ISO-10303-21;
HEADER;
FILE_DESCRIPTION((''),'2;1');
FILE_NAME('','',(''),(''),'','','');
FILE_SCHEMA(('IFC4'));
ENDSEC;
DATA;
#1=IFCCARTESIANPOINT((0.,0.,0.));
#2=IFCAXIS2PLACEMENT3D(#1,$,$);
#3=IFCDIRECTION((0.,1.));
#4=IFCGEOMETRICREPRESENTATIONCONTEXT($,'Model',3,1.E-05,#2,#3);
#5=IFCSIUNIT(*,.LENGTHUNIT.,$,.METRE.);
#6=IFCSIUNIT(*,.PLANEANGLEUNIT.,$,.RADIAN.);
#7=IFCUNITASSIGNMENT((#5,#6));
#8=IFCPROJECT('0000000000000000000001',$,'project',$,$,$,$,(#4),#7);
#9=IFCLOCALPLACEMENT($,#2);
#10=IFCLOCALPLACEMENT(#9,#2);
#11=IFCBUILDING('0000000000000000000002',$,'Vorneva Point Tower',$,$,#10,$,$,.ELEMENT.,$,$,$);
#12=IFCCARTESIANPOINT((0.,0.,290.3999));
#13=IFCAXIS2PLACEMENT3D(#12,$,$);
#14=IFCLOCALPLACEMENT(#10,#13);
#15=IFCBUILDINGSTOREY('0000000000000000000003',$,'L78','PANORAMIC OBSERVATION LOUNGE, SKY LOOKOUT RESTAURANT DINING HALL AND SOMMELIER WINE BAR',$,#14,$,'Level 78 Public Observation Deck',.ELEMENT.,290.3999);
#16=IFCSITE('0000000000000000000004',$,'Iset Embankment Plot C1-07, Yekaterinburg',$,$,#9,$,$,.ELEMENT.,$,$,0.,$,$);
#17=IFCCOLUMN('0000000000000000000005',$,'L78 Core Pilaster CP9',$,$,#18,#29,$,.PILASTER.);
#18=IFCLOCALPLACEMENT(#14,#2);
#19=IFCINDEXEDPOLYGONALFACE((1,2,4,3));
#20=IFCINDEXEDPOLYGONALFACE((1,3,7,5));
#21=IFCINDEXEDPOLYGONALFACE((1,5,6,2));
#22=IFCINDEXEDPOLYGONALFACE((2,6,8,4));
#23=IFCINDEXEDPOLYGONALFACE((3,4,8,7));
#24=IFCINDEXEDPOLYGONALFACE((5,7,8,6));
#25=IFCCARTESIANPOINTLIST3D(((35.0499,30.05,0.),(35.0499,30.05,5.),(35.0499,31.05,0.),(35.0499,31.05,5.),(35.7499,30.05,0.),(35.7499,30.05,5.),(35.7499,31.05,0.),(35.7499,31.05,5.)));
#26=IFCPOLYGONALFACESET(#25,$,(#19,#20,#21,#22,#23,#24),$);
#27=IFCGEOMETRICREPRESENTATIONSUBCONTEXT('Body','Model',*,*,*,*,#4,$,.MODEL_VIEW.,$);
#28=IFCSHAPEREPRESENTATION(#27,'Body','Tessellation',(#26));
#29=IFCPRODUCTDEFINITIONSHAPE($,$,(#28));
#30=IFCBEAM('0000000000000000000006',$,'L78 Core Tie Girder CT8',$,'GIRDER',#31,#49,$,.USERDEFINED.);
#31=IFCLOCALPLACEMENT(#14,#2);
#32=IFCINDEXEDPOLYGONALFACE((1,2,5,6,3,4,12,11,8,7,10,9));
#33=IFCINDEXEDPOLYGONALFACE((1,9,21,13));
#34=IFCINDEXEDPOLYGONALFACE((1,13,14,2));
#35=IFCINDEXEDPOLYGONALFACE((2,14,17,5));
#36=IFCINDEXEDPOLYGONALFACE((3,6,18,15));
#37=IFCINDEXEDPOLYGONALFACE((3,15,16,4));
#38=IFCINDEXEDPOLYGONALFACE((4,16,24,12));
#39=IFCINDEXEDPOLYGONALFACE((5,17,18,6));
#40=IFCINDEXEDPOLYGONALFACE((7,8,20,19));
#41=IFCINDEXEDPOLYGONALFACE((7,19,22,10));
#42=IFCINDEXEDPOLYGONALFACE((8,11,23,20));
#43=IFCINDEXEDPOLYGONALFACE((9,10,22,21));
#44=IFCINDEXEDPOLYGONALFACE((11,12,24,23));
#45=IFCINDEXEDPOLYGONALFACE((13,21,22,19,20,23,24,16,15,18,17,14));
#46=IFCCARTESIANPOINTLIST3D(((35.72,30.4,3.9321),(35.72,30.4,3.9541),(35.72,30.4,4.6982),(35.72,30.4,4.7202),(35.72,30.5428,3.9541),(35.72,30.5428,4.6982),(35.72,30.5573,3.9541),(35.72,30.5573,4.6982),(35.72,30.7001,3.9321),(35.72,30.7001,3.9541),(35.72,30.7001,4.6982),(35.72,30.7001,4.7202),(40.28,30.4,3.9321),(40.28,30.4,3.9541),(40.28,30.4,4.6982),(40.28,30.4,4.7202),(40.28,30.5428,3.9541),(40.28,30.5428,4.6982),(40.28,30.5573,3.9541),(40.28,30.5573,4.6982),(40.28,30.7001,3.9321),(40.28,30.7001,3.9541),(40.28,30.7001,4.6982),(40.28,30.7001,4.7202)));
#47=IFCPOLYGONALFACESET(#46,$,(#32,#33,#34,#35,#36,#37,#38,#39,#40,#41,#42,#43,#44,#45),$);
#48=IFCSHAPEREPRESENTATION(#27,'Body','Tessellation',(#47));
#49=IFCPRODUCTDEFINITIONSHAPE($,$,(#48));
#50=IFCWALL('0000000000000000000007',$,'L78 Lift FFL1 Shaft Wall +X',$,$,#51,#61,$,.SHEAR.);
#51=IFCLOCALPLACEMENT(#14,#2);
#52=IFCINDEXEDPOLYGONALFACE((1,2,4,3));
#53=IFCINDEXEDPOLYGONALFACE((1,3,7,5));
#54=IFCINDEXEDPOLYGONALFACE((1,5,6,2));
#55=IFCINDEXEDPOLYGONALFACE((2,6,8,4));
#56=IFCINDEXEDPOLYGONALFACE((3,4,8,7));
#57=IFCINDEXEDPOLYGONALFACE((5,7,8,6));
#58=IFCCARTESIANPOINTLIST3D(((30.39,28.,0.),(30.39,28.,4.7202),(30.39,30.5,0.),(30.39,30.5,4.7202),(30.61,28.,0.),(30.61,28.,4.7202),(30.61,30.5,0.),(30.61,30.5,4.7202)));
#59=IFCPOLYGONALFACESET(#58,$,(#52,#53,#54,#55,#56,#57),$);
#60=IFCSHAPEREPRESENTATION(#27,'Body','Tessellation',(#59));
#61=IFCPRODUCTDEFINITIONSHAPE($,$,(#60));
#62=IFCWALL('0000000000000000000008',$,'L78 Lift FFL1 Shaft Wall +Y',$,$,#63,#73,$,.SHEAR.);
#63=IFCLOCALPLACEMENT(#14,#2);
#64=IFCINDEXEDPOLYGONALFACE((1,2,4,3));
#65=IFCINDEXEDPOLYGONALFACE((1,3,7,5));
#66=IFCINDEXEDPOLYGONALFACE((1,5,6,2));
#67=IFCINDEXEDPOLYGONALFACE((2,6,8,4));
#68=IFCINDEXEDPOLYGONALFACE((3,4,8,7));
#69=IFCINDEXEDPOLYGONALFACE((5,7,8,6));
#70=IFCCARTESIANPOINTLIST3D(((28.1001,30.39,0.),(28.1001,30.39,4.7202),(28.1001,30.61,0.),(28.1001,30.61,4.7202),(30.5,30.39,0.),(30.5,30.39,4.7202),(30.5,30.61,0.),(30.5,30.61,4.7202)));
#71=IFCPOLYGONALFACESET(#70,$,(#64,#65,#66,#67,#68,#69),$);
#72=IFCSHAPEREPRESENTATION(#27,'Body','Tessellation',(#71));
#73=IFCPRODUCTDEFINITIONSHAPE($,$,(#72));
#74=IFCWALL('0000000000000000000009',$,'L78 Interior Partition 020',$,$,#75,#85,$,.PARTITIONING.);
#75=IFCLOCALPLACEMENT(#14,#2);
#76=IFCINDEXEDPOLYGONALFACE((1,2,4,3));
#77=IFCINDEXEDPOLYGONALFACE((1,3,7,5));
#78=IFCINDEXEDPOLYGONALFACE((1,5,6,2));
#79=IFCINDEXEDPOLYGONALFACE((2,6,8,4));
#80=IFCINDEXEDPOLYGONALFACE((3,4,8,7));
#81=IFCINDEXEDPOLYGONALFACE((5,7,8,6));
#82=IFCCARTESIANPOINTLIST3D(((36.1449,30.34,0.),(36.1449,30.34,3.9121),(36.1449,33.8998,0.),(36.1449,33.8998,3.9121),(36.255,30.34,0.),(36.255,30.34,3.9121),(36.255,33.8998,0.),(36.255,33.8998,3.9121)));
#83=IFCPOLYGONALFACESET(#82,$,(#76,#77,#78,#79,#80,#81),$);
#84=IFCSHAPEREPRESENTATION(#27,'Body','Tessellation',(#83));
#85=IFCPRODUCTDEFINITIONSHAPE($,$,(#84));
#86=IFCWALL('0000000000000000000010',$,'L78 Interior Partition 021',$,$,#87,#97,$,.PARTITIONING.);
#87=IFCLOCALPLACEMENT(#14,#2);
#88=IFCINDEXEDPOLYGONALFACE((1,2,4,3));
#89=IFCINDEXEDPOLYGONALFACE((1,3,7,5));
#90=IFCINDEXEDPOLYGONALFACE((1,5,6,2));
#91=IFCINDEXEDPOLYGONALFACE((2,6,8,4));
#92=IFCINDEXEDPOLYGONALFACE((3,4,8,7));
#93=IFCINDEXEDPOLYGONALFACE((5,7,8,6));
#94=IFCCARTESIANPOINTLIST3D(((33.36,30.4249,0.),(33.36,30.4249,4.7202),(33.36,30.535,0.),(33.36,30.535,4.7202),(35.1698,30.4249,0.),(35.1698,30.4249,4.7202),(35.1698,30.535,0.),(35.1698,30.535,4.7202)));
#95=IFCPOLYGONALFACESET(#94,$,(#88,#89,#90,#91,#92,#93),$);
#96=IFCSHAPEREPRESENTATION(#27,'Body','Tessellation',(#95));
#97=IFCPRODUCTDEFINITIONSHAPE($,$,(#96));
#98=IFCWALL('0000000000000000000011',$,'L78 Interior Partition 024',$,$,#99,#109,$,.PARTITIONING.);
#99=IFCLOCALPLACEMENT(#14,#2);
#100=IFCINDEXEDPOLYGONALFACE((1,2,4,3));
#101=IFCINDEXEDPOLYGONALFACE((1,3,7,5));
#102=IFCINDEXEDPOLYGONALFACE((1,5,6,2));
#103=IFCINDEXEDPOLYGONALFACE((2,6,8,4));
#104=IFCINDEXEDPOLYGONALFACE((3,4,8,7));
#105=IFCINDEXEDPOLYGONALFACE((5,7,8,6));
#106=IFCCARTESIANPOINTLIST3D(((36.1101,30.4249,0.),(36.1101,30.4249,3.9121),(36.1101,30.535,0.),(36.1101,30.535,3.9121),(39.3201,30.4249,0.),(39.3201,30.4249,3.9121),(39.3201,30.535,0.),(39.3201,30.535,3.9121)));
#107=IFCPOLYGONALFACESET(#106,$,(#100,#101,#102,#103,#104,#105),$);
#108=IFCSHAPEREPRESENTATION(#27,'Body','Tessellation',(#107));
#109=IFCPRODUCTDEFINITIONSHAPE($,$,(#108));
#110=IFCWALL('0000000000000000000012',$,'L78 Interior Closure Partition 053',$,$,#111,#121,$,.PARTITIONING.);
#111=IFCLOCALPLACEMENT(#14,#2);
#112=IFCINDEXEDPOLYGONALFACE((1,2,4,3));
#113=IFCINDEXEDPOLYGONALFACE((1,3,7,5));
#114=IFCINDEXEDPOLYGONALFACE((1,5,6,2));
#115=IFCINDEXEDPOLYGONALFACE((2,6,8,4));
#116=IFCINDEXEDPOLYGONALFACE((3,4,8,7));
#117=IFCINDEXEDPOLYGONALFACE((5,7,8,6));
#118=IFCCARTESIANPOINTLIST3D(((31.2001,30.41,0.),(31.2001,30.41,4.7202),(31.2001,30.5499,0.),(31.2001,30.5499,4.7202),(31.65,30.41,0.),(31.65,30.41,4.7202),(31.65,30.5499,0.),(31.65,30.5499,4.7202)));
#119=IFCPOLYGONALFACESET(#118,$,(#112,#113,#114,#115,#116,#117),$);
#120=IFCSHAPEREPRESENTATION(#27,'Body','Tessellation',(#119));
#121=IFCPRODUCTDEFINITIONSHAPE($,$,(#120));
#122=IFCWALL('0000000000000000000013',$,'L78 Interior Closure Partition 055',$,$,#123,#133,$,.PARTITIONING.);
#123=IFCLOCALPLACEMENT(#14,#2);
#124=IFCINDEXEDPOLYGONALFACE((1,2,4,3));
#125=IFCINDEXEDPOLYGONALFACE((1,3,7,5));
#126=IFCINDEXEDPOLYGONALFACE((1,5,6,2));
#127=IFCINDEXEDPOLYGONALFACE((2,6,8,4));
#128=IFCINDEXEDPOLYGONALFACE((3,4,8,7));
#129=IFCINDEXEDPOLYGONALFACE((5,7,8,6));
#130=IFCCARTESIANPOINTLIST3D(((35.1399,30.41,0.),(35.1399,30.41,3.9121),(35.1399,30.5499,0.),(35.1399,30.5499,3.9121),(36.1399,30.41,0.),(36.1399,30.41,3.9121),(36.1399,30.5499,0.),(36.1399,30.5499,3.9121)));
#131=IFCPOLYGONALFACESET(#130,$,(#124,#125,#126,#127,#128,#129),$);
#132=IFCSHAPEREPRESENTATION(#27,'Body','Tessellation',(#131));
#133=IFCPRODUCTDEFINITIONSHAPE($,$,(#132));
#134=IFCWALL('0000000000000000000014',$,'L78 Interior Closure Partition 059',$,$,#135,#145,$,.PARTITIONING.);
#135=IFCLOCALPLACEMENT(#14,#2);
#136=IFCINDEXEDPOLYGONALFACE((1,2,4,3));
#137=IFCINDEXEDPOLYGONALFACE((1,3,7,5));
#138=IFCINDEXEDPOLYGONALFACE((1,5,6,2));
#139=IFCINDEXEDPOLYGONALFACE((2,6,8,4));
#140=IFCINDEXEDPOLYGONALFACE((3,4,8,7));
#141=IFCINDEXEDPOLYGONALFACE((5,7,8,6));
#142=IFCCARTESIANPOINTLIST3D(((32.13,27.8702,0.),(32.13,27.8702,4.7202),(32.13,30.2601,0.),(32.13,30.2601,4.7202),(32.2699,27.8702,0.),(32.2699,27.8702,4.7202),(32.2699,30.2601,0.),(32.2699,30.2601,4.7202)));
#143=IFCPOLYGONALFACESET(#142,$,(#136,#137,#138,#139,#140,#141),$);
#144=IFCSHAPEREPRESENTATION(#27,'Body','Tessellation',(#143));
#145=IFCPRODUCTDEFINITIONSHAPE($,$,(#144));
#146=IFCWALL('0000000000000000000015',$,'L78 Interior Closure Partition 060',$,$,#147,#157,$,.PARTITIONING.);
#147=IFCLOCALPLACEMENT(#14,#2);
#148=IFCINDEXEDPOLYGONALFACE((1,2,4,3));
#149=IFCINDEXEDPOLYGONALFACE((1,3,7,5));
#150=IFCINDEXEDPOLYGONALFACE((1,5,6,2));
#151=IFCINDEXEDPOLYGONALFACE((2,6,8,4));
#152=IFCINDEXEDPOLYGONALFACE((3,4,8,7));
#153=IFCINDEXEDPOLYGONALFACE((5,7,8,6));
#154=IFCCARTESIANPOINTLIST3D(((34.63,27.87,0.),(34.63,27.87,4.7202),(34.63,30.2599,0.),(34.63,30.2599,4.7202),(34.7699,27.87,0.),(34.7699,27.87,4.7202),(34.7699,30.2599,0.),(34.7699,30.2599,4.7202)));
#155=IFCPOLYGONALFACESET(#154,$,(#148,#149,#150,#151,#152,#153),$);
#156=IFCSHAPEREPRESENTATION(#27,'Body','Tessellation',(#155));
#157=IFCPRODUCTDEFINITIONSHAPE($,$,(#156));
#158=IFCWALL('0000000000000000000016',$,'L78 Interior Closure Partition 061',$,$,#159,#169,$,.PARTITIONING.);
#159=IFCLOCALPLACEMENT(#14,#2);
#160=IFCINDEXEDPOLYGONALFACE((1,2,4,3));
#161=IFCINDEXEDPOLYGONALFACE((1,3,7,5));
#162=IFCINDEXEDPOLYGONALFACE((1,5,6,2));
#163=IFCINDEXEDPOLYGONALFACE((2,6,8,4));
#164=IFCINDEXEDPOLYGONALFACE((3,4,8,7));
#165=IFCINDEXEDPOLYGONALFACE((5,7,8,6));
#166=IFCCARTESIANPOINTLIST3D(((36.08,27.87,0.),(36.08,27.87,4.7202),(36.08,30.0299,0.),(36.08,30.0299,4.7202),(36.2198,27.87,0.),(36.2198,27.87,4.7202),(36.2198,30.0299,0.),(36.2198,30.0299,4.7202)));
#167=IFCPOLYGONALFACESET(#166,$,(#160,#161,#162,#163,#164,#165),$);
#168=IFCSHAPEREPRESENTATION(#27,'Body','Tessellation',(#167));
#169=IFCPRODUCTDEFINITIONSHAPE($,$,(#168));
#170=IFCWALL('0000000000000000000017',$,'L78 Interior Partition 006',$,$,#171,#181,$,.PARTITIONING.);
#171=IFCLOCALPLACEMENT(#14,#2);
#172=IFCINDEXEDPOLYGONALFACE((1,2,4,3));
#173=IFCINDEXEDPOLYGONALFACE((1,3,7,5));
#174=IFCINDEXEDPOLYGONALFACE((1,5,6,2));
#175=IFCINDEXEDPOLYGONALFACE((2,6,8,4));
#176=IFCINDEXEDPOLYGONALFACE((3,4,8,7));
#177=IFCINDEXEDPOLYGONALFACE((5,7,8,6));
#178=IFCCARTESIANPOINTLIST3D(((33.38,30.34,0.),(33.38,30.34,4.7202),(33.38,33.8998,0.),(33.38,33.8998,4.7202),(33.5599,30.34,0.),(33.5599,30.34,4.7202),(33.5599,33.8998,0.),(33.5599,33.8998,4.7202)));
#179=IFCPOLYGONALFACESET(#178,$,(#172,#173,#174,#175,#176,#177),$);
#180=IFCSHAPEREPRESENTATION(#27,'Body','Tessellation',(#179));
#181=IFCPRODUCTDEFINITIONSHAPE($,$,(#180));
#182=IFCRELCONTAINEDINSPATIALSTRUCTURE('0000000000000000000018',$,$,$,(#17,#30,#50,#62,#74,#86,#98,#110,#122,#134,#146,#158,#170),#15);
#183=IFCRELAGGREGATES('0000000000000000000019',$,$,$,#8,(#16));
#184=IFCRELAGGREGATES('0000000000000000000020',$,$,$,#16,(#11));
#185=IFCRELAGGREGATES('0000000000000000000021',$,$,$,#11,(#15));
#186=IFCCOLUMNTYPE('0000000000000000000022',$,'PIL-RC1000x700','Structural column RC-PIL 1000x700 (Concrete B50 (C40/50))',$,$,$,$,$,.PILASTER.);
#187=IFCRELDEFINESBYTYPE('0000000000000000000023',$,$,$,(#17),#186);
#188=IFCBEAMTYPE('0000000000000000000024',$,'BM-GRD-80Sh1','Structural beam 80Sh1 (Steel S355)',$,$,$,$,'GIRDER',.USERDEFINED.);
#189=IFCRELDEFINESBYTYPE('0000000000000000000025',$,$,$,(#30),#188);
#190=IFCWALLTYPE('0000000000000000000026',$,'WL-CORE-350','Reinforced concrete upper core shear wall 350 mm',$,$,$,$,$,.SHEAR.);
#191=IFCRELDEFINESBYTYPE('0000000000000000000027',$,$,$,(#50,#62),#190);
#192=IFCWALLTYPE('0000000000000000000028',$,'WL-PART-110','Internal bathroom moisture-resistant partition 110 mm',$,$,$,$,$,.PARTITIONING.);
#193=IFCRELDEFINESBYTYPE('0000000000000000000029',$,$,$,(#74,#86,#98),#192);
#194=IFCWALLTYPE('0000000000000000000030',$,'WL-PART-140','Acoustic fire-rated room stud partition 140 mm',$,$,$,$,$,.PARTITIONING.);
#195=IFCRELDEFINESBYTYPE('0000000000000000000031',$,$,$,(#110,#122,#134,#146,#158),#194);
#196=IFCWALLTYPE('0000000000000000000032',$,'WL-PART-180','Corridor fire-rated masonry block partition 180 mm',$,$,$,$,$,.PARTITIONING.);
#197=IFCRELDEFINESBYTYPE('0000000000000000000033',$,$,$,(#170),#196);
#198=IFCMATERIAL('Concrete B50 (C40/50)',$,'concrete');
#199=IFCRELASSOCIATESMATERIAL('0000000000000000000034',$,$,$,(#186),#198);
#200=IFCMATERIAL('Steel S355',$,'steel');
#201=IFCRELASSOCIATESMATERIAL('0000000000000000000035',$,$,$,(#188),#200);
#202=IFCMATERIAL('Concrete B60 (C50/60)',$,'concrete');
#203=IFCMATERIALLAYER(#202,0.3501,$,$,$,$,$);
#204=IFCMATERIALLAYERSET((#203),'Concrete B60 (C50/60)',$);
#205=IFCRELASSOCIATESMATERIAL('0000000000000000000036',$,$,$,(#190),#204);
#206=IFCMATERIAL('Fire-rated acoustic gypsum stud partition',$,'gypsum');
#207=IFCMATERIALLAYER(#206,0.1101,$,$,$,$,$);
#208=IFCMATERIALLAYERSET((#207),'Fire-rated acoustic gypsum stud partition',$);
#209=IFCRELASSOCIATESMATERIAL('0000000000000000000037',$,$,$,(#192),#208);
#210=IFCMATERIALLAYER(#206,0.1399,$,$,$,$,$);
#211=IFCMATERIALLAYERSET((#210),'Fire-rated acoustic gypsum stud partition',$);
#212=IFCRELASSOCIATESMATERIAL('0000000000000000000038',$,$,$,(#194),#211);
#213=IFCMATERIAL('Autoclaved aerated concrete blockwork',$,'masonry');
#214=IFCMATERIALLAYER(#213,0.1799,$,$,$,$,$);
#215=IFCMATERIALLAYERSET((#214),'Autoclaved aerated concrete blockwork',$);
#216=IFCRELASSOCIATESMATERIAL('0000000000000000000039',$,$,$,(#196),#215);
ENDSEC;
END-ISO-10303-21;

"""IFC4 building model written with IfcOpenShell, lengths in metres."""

from ifc_helpers import new_model, si_unit, direction, frame, frame_2d, origin, origin_2d, place, context, subcontext, project, spatial, rectangle, i_section, extrude, material, layer, layer_set, material_profile, profile_set, type_object, element, save


model = new_model("IFC4")

# Units and contexts
model_context = context("Model", 3, precision=1e-05, world=origin(), true_north=direction((0.0, 1.0)))
body_context = subcontext(model_context, "Body", "Model", "MODEL_VIEW")
ifc_project = project(units=[si_unit("LENGTHUNIT", "METRE"), si_unit("PLANEANGLEUNIT", "RADIAN")], contexts=[model_context])

# Site, building, storey
site_placement = place(None, origin())
site = spatial("IfcSite", under=ifc_project, at=site_placement, Name="Iset Embankment Plot C1-07, Yekaterinburg", CompositionType="ELEMENT", RefElevation=0.0)
building_placement = place(site_placement, origin())
building = spatial("IfcBuilding", under=site, at=building_placement, Name="Vorneva Point Tower", CompositionType="ELEMENT")
storey_placement = place(building_placement, frame((0.0, 0.0, 290.3999)))
storey = spatial("IfcBuildingStorey", under=building, at=storey_placement, Name="L78", Description="PANORAMIC OBSERVATION LOUNGE, SKY LOOKOUT RESTAURANT DINING HALL AND SOMMELIER WINE BAR", LongName="Level 78 Public Observation Deck", CompositionType="ELEMENT", Elevation=290.3999)

# Column
ifc_material_1 = material(Name="Concrete B50 (C40/50)", Category="concrete")
ifc_material_profile_1 = material_profile(ifc_material_1, rectangle(XDim=0.7, YDim=1.0, at=origin_2d()), Name="RC-PIL 1000x700")
ifc_profile_set_1 = profile_set([ifc_material_profile_1], Name="Concrete B50 (C40/50)")
column_type = type_object("IfcColumnType", Name="PIL-RC1000x700", Description="Structural column RC-PIL 1000x700 (Concrete B50 (C40/50))", PredefinedType="PILASTER", material=ifc_profile_set_1)
column_placement = place(storey_placement, frame((35.3999, 30.55, 0.0), z_axis=(0.0, 0.0, 1.0), x_axis=(1.0, 0.0, 0.0)))
element("IfcColumn", 1, at=column_placement, inside=storey, type_object=column_type, Name="L78 Core Pilaster CP9", PredefinedType="PILASTER", context=body_context, shape_type="SweptSolid", body=[
    extrude(rectangle(XDim=0.7, YDim=1.0, at=origin_2d()), origin(), (0.0, 0.0, 1.0), 5.0),
])

# Beam
ifc_material_2 = material(Name="Steel S355", Category="steel")
ifc_material_profile_2 = material_profile(ifc_material_2, i_section(OverallWidth=0.3, OverallDepth=0.7881, WebThickness=0.0144, FlangeThickness=0.022, at=origin_2d()), Name="80Sh1")
ifc_profile_set_2 = profile_set([ifc_material_profile_2], Name="Steel S355")
beam_type = type_object("IfcBeamType", Name="BM-GRD-80Sh1", Description="Structural beam 80Sh1 (Steel S355)", ElementType="GIRDER", PredefinedType="USERDEFINED", material=ifc_profile_set_2)
beam_placement = place(storey_placement, frame((35.72, 30.55, 4.3262), z_axis=(1.0, 0.0, 0.0), x_axis=(0.0, 1.0, 0.0)))
element("IfcBeam", 2, at=beam_placement, inside=storey, type_object=beam_type, Name="L78 Core Tie Girder CT8", ObjectType="GIRDER", PredefinedType="USERDEFINED", context=body_context, shape_type="SweptSolid", body=[
    extrude(i_section(OverallWidth=0.3, OverallDepth=0.7881, WebThickness=0.0144, FlangeThickness=0.022, at=origin_2d()), origin(), (0.0, 0.0, 1.0), 4.5601),
])

# Walls
ifc_material_3 = material(Name="Concrete B60 (C50/60)", Category="concrete")
ifc_layer_1 = layer(ifc_material_3, 0.3501)
ifc_layer_set_1 = layer_set([ifc_layer_1], Name="Concrete B60 (C50/60)")
wall_type_1 = type_object("IfcWallType", Name="WL-CORE-350", Description="Reinforced concrete upper core shear wall 350 mm", PredefinedType="SHEAR", material=ifc_layer_set_1)
wall_1_placement = place(storey_placement, frame((30.5, 28.0, 0.0), z_axis=(0.0, 0.0, 1.0), x_axis=(0.0, 1.0, 0.0)))
element("IfcWall", 3, at=wall_1_placement, inside=storey, type_object=wall_type_1, Name="L78 Lift FFL1 Shaft Wall +X", PredefinedType="SHEAR", context=body_context, shape_type="SweptSolid", body=[
    extrude(rectangle(XDim=2.5, YDim=0.22, at=frame_2d((1.25, 0.0))), origin(), (0.0, 0.0, 1.0), 4.7202),
])
wall_2_placement = place(storey_placement, frame((30.5, 30.5, 0.0), z_axis=(0.0, 0.0, 1.0), x_axis=(-1.0, 0.0, 0.0)))
element("IfcWall", 4, at=wall_2_placement, inside=storey, type_object=wall_type_1, Name="L78 Lift FFL1 Shaft Wall +Y", PredefinedType="SHEAR", context=body_context, shape_type="SweptSolid", body=[
    extrude(rectangle(XDim=2.3999, YDim=0.22, at=frame_2d((1.2, 0.0))), origin(), (0.0, 0.0, 1.0), 4.7202),
])
ifc_material_4 = material(Name="Fire-rated acoustic gypsum stud partition", Category="gypsum")
ifc_layer_2 = layer(ifc_material_4, 0.1101)
ifc_layer_set_2 = layer_set([ifc_layer_2], Name="Fire-rated acoustic gypsum stud partition")
wall_type_2 = type_object("IfcWallType", Name="WL-PART-110", Description="Internal bathroom moisture-resistant partition 110 mm", PredefinedType="PARTITIONING", material=ifc_layer_set_2)
wall_3_placement = place(storey_placement, frame((36.2, 30.3401, 0.0), z_axis=(0.0, 0.0, 1.0), x_axis=(0.0, 1.0, 0.0)))
element("IfcWall", 5, at=wall_3_placement, inside=storey, type_object=wall_type_2, Name="L78 Interior Partition 020", PredefinedType="PARTITIONING", context=body_context, shape_type="SweptSolid", body=[
    extrude(rectangle(XDim=3.5598, YDim=0.1101, at=frame_2d((1.7798, 0.0))), origin(), (0.0, 0.0, 1.0), 3.9121),
])
wall_4_placement = place(storey_placement, frame((33.3601, 30.48, 0.0), z_axis=(0.0, 0.0, 1.0), x_axis=(1.0, 0.0, 0.0)))
element("IfcWall", 6, at=wall_4_placement, inside=storey, type_object=wall_type_2, Name="L78 Interior Partition 021", PredefinedType="PARTITIONING", context=body_context, shape_type="SweptSolid", body=[
    extrude(rectangle(XDim=1.8098, YDim=0.1101, at=frame_2d((0.9048, 0.0))), origin(), (0.0, 0.0, 1.0), 4.7202),
])
wall_5_placement = place(storey_placement, frame((36.1101, 30.48, 0.0), z_axis=(0.0, 0.0, 1.0), x_axis=(1.0, 0.0, 0.0)))
element("IfcWall", 7, at=wall_5_placement, inside=storey, type_object=wall_type_2, Name="L78 Interior Partition 024", PredefinedType="PARTITIONING", context=body_context, shape_type="SweptSolid", body=[
    extrude(rectangle(XDim=3.21, YDim=0.1101, at=frame_2d((1.605, 0.0))), origin(), (0.0, 0.0, 1.0), 3.9121),
])
ifc_layer_3 = layer(ifc_material_4, 0.1399)
ifc_layer_set_3 = layer_set([ifc_layer_3], Name="Fire-rated acoustic gypsum stud partition")
wall_type_3 = type_object("IfcWallType", Name="WL-PART-140", Description="Acoustic fire-rated room stud partition 140 mm", PredefinedType="PARTITIONING", material=ifc_layer_set_3)
wall_6_placement = place(storey_placement, frame((31.2, 30.48, 0.0), z_axis=(0.0, 0.0, 1.0), x_axis=(1.0, 0.0, 0.0)))
element("IfcWall", 8, at=wall_6_placement, inside=storey, type_object=wall_type_3, Name="L78 Interior Closure Partition 053", PredefinedType="PARTITIONING", context=body_context, shape_type="SweptSolid", body=[
    extrude(rectangle(XDim=0.45, YDim=0.1399, at=frame_2d((0.2251, 0.0))), origin(), (0.0, 0.0, 1.0), 4.7202),
])
wall_7_placement = place(storey_placement, frame((35.1399, 30.48, 0.0), z_axis=(0.0, 0.0, 1.0), x_axis=(1.0, 0.0, 0.0)))
element("IfcWall", 9, at=wall_7_placement, inside=storey, type_object=wall_type_3, Name="L78 Interior Closure Partition 055", PredefinedType="PARTITIONING", context=body_context, shape_type="SweptSolid", body=[
    extrude(rectangle(XDim=1.0, YDim=0.1399, at=frame_2d((0.5, 0.0))), origin(), (0.0, 0.0, 1.0), 3.9121),
])
for number, where, z_axis, x_axis, name in (
    (10, (32.2, 30.26, 0.0), (0.0, 0.0, 1.0), (0.0, -1.0, 0.0), "L78 Interior Closure Partition 059"),
    (11, (34.7, 27.8701, 0.0), (0.0, 0.0, 1.0), (0.0, 1.0, 0.0), "L78 Interior Closure Partition 060"),
):
    element("IfcWall", number, at=place(storey_placement, frame(where, z_axis=z_axis, x_axis=x_axis)), inside=storey, type_object=wall_type_3, Name=name, PredefinedType="PARTITIONING", context=body_context, shape_type="SweptSolid", body=[
        extrude(rectangle(XDim=2.3899, YDim=0.1399, at=frame_2d((1.1948, 0.0))), origin(), (0.0, 0.0, 1.0), 4.7202),
    ])
wall_8_placement = place(storey_placement, frame((36.1499, 30.03, 0.0), z_axis=(0.0, 0.0, 1.0), x_axis=(0.0, -1.0, 0.0)))
element("IfcWall", 12, at=wall_8_placement, inside=storey, type_object=wall_type_3, Name="L78 Interior Closure Partition 061", PredefinedType="PARTITIONING", context=body_context, shape_type="SweptSolid", body=[
    extrude(rectangle(XDim=2.1599, YDim=0.1399, at=frame_2d((1.0801, 0.0))), origin(), (0.0, 0.0, 1.0), 4.7202),
])
ifc_material_5 = material(Name="Autoclaved aerated concrete blockwork", Category="masonry")
ifc_layer_4 = layer(ifc_material_5, 0.1799)
ifc_layer_set_4 = layer_set([ifc_layer_4], Name="Autoclaved aerated concrete blockwork")
wall_type_4 = type_object("IfcWallType", Name="WL-PART-180", Description="Corridor fire-rated masonry block partition 180 mm", PredefinedType="PARTITIONING", material=ifc_layer_set_4)
wall_9_placement = place(storey_placement, frame((33.47, 30.3401, 0.0), z_axis=(0.0, 0.0, 1.0), x_axis=(0.0, 1.0, 0.0)))
element("IfcWall", 13, at=wall_9_placement, inside=storey, type_object=wall_type_4, Name="L78 Interior Partition 006", PredefinedType="PARTITIONING", context=body_context, shape_type="SweptSolid", body=[
    extrude(rectangle(XDim=3.5598, YDim=0.1799, at=frame_2d((1.7798, 0.0))), origin(), (0.0, 0.0, 1.0), 4.7202),
])

save(model, "model.ifc")
